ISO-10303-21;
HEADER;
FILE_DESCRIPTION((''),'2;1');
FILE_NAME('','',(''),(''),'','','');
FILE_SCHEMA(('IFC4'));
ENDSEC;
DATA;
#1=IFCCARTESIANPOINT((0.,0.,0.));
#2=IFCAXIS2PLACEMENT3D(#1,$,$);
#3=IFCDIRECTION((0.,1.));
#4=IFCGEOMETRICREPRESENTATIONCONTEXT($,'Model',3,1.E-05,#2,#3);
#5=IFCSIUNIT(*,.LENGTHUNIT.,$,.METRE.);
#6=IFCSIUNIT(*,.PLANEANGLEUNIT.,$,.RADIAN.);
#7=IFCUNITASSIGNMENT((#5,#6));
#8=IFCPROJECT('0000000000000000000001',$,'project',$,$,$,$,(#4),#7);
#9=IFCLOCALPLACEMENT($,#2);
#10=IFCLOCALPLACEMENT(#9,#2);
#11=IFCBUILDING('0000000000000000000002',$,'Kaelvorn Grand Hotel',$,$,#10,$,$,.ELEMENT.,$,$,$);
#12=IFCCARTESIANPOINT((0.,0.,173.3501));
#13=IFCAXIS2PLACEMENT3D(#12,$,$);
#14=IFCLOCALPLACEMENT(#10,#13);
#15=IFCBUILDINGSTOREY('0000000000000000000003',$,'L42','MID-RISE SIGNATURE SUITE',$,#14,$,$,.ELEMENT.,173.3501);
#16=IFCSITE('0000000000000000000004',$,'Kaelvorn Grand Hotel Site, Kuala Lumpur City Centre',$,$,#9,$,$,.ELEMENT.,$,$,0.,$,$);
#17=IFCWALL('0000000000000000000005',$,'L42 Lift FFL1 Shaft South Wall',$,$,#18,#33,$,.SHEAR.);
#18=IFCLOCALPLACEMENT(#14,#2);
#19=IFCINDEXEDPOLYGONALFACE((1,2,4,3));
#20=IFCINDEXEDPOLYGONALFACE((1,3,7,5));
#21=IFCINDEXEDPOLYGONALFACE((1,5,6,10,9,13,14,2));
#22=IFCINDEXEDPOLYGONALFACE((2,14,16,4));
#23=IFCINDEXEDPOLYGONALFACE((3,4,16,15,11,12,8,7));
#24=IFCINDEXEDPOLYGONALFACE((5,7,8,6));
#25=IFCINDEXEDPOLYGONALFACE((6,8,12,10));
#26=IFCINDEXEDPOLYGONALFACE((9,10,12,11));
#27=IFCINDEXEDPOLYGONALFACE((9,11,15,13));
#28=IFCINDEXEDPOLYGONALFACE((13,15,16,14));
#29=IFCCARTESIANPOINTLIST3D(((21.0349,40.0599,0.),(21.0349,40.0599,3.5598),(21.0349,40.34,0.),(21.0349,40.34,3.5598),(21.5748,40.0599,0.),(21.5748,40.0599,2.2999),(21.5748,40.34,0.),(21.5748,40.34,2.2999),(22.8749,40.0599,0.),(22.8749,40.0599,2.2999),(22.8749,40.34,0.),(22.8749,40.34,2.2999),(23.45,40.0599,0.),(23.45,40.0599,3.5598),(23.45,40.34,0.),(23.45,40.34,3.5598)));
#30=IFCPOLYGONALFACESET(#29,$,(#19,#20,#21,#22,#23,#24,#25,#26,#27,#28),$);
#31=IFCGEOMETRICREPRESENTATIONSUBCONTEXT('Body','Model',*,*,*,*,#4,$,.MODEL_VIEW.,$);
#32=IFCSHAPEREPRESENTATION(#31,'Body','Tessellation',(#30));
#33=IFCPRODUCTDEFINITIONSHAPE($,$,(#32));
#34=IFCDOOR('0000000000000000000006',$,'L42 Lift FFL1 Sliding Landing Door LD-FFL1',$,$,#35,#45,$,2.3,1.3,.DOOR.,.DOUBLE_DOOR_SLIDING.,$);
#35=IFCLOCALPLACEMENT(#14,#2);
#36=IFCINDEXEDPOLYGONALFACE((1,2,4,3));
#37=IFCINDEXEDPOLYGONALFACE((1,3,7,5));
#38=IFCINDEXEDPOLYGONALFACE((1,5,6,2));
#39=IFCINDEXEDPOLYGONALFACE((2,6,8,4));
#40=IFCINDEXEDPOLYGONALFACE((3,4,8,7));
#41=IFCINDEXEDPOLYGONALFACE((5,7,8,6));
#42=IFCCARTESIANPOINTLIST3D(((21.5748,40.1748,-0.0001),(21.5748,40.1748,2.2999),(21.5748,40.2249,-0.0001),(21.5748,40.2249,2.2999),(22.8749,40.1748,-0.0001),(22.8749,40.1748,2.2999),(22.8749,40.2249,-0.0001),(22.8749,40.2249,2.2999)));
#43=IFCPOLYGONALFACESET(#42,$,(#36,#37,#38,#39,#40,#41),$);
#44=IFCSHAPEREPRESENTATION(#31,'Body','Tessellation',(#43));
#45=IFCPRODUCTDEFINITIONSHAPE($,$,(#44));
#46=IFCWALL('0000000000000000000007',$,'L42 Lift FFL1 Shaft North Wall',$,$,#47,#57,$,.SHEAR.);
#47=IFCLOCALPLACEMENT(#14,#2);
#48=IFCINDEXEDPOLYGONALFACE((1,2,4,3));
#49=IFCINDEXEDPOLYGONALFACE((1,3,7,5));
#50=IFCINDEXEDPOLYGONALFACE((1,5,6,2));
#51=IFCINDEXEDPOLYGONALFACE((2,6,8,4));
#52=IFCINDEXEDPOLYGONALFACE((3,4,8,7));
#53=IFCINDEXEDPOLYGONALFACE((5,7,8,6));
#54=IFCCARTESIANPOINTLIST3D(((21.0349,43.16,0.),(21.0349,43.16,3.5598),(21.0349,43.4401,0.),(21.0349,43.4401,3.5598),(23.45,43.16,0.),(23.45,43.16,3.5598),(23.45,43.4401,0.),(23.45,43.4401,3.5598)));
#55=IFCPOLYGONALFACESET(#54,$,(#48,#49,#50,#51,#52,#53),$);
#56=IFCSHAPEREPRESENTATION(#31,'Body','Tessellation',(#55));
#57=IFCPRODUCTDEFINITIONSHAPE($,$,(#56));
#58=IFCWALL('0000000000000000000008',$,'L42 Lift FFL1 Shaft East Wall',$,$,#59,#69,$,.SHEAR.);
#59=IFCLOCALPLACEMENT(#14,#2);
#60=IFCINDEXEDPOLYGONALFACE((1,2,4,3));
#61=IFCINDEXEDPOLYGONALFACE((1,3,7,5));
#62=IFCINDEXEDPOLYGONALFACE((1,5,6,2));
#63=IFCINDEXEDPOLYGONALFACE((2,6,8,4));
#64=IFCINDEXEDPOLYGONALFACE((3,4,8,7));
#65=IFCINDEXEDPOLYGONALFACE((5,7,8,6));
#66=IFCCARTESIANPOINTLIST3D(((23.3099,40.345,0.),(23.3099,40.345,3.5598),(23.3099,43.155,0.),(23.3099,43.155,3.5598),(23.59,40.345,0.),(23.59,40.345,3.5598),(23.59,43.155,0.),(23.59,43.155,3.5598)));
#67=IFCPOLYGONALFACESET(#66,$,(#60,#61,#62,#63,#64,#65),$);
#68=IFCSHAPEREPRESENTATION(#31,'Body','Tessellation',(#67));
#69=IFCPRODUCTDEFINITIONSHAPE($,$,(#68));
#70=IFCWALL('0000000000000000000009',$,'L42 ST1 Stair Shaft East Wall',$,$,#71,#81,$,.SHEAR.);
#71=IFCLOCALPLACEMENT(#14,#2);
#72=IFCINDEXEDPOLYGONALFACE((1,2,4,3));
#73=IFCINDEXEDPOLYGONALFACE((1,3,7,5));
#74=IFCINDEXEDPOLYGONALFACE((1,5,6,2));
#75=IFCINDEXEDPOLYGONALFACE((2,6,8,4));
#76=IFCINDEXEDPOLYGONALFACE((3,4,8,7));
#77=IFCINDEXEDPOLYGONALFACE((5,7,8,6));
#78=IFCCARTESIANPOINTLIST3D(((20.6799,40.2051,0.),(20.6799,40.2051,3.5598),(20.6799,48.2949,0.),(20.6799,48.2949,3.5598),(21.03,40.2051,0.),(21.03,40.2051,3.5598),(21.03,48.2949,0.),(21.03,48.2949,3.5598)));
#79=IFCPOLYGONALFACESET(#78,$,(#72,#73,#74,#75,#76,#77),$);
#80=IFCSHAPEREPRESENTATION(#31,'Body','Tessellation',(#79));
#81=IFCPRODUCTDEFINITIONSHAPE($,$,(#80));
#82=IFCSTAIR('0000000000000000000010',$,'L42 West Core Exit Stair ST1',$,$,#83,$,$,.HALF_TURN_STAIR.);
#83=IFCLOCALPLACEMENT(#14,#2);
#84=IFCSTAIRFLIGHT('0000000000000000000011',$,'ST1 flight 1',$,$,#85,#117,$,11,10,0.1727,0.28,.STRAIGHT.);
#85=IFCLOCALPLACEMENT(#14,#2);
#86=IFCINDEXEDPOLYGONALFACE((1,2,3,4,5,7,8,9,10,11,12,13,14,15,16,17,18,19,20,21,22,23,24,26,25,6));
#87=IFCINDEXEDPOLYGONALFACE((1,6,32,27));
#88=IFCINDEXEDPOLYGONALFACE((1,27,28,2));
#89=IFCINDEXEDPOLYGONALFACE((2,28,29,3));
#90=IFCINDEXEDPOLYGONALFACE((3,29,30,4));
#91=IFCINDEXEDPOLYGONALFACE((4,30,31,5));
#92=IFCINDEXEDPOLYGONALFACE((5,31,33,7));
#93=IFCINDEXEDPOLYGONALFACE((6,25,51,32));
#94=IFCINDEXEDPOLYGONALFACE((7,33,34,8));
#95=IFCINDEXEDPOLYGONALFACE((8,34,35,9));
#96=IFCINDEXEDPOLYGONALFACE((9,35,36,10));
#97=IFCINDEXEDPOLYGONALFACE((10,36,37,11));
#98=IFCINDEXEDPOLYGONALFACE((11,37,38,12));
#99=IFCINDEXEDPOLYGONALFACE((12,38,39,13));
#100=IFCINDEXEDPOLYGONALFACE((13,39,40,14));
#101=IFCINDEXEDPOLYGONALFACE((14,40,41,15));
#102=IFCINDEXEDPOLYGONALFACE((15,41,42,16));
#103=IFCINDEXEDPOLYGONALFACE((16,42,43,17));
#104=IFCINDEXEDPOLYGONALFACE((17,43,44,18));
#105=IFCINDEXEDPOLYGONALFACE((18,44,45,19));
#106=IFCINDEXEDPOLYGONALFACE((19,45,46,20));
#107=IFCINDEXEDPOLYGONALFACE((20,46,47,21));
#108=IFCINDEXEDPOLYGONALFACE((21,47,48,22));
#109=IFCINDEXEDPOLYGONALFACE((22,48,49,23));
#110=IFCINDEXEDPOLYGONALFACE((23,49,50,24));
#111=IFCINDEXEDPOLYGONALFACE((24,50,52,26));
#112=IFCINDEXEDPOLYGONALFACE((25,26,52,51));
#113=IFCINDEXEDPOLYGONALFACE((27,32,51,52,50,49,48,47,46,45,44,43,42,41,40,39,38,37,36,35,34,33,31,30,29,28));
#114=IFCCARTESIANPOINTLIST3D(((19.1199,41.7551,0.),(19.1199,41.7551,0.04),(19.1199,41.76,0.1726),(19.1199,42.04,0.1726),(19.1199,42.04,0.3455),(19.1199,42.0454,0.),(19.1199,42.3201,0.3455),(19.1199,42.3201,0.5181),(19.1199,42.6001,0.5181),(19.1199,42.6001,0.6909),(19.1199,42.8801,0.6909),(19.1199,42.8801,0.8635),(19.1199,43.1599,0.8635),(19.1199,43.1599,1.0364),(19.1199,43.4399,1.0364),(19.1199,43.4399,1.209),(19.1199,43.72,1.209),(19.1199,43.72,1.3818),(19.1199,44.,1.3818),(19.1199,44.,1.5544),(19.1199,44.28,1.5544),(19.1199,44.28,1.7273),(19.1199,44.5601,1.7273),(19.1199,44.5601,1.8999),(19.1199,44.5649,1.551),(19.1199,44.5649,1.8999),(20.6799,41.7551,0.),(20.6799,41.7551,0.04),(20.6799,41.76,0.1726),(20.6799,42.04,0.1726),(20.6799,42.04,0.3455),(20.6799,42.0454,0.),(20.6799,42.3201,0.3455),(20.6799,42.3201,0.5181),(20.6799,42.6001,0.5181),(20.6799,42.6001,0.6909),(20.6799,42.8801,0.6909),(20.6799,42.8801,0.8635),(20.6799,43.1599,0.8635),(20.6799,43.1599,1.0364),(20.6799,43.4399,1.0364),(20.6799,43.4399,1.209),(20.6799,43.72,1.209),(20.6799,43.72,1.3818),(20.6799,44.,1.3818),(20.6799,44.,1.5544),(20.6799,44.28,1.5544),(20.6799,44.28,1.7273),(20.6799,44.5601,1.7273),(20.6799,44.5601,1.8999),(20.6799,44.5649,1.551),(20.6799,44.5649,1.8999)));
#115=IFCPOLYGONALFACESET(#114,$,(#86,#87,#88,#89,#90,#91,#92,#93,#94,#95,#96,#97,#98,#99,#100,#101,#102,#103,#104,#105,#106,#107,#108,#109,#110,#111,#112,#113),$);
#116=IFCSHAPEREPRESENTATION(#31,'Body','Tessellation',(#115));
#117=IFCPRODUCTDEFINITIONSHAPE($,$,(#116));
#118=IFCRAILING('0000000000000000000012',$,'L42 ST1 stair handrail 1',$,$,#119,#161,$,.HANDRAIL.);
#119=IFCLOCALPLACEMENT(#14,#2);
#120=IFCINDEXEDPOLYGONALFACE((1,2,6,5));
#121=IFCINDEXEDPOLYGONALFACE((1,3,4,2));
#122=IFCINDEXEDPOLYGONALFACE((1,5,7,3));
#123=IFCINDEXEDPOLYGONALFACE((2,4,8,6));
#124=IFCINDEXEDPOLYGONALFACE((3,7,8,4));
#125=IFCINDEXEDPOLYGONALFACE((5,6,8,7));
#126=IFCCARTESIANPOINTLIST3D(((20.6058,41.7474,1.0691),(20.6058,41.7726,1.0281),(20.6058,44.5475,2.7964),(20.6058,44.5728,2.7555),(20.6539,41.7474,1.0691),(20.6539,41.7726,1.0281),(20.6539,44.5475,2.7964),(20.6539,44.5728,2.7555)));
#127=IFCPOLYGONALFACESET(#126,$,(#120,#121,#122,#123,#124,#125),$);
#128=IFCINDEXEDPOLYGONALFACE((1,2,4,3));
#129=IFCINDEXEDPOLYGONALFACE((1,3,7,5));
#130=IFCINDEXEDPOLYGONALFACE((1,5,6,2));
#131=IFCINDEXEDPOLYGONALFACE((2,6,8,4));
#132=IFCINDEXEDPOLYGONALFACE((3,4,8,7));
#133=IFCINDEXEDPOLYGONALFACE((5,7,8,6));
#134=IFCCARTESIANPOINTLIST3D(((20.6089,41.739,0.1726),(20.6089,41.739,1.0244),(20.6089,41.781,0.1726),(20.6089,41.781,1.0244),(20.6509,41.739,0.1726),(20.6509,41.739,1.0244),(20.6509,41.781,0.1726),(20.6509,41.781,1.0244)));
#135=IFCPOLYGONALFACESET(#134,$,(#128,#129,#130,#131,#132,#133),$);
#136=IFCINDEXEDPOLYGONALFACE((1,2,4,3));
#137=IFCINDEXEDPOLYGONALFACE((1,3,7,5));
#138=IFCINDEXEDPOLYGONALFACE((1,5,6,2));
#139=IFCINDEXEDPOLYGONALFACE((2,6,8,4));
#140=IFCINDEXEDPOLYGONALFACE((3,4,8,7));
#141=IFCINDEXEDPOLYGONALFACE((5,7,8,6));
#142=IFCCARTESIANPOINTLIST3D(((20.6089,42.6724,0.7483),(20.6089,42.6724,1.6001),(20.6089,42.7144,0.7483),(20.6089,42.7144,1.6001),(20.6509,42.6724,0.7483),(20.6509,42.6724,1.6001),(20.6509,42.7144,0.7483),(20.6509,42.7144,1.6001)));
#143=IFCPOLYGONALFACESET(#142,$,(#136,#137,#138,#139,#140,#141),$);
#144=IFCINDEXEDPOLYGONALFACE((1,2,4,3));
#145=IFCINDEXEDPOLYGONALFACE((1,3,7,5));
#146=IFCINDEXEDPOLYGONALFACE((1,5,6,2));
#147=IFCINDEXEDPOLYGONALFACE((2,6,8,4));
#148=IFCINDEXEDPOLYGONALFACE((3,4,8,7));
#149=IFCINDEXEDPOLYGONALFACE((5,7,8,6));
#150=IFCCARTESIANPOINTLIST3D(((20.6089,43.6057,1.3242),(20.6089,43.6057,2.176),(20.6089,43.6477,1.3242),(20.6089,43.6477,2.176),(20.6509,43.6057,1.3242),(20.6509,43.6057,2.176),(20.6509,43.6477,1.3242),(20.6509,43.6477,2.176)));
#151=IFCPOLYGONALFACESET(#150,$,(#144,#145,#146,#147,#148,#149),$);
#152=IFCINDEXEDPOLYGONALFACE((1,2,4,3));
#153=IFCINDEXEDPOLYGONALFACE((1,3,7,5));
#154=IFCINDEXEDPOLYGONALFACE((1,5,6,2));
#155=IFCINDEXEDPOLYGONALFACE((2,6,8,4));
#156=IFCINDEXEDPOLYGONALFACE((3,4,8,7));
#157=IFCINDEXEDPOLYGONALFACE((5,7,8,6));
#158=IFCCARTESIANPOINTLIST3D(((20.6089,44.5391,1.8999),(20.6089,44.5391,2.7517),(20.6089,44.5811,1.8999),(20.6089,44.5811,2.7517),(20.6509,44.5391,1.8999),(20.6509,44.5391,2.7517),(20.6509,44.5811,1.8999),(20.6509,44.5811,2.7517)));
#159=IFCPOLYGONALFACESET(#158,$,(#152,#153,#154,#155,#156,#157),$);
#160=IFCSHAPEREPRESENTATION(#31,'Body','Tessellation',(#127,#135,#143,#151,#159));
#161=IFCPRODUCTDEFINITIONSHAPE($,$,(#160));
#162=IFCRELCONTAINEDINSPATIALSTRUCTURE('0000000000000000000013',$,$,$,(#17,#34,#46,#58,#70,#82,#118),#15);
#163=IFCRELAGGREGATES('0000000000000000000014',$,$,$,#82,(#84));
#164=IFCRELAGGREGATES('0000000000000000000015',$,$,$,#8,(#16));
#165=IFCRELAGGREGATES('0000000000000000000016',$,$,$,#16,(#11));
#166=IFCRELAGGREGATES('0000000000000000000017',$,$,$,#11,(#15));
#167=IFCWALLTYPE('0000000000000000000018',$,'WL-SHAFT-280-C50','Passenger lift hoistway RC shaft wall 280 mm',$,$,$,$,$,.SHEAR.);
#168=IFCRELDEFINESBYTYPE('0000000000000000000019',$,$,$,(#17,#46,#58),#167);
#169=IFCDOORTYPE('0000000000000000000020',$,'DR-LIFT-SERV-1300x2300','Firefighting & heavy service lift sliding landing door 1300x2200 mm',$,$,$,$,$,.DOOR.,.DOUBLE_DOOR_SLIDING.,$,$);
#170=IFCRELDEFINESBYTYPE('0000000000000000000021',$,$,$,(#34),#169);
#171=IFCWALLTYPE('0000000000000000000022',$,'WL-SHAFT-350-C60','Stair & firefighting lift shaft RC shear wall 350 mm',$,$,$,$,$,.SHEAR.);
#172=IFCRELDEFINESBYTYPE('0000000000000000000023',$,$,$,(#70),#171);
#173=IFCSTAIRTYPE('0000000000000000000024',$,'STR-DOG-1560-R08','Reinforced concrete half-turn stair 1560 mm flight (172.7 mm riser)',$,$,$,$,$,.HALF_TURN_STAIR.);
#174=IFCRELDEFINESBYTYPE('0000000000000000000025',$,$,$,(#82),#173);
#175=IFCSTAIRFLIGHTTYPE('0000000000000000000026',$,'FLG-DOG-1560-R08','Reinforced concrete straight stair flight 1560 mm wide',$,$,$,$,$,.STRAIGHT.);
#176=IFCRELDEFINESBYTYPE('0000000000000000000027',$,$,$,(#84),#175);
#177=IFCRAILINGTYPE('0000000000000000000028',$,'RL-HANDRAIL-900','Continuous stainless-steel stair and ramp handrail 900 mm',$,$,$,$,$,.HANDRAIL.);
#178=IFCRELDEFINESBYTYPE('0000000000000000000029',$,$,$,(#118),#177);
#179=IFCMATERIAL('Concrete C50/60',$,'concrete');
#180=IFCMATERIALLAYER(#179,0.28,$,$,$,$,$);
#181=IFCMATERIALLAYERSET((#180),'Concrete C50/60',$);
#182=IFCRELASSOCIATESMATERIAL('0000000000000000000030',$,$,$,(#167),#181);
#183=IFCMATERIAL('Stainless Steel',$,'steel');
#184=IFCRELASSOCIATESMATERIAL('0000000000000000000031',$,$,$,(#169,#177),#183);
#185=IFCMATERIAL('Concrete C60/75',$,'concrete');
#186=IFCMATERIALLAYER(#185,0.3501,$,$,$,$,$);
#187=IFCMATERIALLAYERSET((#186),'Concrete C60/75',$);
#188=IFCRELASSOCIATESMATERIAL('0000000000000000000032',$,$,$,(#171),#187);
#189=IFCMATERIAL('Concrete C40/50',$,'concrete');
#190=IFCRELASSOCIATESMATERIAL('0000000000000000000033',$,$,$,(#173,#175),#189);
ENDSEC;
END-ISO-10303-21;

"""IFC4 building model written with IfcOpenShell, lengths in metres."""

from ifc_helpers import new_model, si_unit, direction, frame, frame_2d, origin, origin_2d, place, context, subcontext, project, spatial, polyline, rectangle, outline, extrude, material, layer, layer_set, type_object, element, fill, aggregate, save


model = new_model("IFC4")

# Units and contexts
model_context = context("Model", 3, precision=1e-05, world=origin(), true_north=direction((0.0, 1.0)))
body_context = subcontext(model_context, "Body", "Model", "MODEL_VIEW")
ifc_project = project(units=[si_unit("LENGTHUNIT", "METRE"), si_unit("PLANEANGLEUNIT", "RADIAN")], contexts=[model_context])

# Site, building, storey
site_placement = place(None, origin())
site = spatial("IfcSite", under=ifc_project, at=site_placement, Name="Kaelvorn Grand Hotel Site, Kuala Lumpur City Centre", CompositionType="ELEMENT", RefElevation=0.0)
building_placement = place(site_placement, origin())
building = spatial("IfcBuilding", under=site, at=building_placement, Name="Kaelvorn Grand Hotel", CompositionType="ELEMENT")
storey_placement = place(building_placement, frame((0.0, 0.0, 173.3501)))
storey = spatial("IfcBuildingStorey", under=building, at=storey_placement, Name="L42", Description="MID-RISE SIGNATURE SUITE", CompositionType="ELEMENT", Elevation=173.3501)

# Shared definitions
ifc_material_1 = material(Name="Concrete C60/75", Category="concrete")

# Shared definitions
ifc_material_2 = material(Name="Concrete C50/60", Category="concrete")

# Shared definitions
ifc_material_3 = material(Name="Concrete C40/50", Category="concrete")

# Wall, opening, door
ifc_layer_1 = layer(ifc_material_2, 0.28)
ifc_layer_set_1 = layer_set([ifc_layer_1], Name="Concrete C50/60")
wall_type_1 = type_object("IfcWallType", Name="WL-SHAFT-280-C50", Description="Passenger lift hoistway RC shaft wall 280 mm", PredefinedType="SHEAR", material=ifc_layer_set_1)
wall_1_placement = place(storey_placement, frame((21.0349, 40.2, 0.0), z_axis=(0.0, 0.0, 1.0), x_axis=(1.0, 0.0, 0.0)))
wall_1 = element("IfcWall", 1, at=wall_1_placement, inside=storey, type_object=wall_type_1, Name="L42 Lift FFL1 Shaft South Wall", PredefinedType="SHEAR", context=body_context, shape_type="SweptSolid", body=[
    extrude(rectangle(XDim=2.415, YDim=0.28, at=frame_2d((1.2075, 0.0))), origin(), (0.0, 0.0, 1.0), 3.5598),
])
opening_1_placement = place(wall_1_placement, frame((0.54, 0.0, 0.0)))
opening_1 = element("IfcOpeningElement", 2, at=opening_1_placement, cuts=wall_1, PredefinedType="OPENING", context=body_context, shape_type="SweptSolid", body=[
    extrude(rectangle(XDim=1.3, YDim=2.3, at=frame_2d((0.6499, 1.1499))), frame((0.0, 0.1499, 0.0), z_axis=(0.0, -1.0, 0.0), x_axis=(1.0, 0.0, 0.0)), (0.0, 0.0, 1.0), 0.3),
])
ifc_material_4 = material(Name="Stainless Steel", Category="steel")
door_type_1 = type_object("IfcDoorType", Name="DR-LIFT-SERV-1300x2300", Description="Firefighting & heavy service lift sliding landing door 1300x2200 mm", OperationType="DOUBLE_DOOR_SLIDING", PredefinedType="DOOR", material=ifc_material_4)
door_1_placement = place(opening_1_placement, origin())
door_1 = element("IfcDoor", 3, at=door_1_placement, inside=storey, type_object=door_type_1, Name="L42 Lift FFL1 Sliding Landing Door LD-FFL1", OperationType="DOUBLE_DOOR_SLIDING", OverallHeight=2.3, OverallWidth=1.3, PredefinedType="DOOR", context=body_context, shape_type="SweptSolid", body=[
    extrude(rectangle(XDim=1.3, YDim=2.3, at=frame_2d((0.6499, 1.1499))), frame((0.0, 0.0249, 0.0), z_axis=(0.0, -1.0, 0.0), x_axis=(1.0, 0.0, 0.0)), (0.0, 0.0, 1.0), 0.05),
])
fill(opening_1, door_1)

# Walls
wall_2_placement = place(storey_placement, frame((21.0349, 43.3, 0.0), z_axis=(0.0, 0.0, 1.0), x_axis=(1.0, 0.0, 0.0)))
element("IfcWall", 4, at=wall_2_placement, inside=storey, type_object=wall_type_1, Name="L42 Lift FFL1 Shaft North Wall", PredefinedType="SHEAR", context=body_context, shape_type="SweptSolid", body=[
    extrude(rectangle(XDim=2.415, YDim=0.28, at=frame_2d((1.2075, 0.0))), origin(), (0.0, 0.0, 1.0), 3.5598),
])
wall_3_placement = place(storey_placement, frame((23.45, 40.345, 0.0), z_axis=(0.0, 0.0, 1.0), x_axis=(0.0, 1.0, 0.0)))
element("IfcWall", 5, at=wall_3_placement, inside=storey, type_object=wall_type_1, Name="L42 Lift FFL1 Shaft East Wall", PredefinedType="SHEAR", context=body_context, shape_type="SweptSolid", body=[
    extrude(rectangle(XDim=2.8101, YDim=0.28, at=frame_2d((1.405, 0.0))), origin(), (0.0, 0.0, 1.0), 3.5598),
])
ifc_layer_2 = layer(ifc_material_1, 0.3501)
ifc_layer_set_2 = layer_set([ifc_layer_2], Name="Concrete C60/75")
wall_type_2 = type_object("IfcWallType", Name="WL-SHAFT-350-C60", Description="Stair & firefighting lift shaft RC shear wall 350 mm", PredefinedType="SHEAR", material=ifc_layer_set_2)
wall_4_placement = place(storey_placement, frame((20.855, 40.2051, 0.0), z_axis=(0.0, 0.0, 1.0), x_axis=(0.0, 1.0, 0.0)))
element("IfcWall", 6, at=wall_4_placement, inside=storey, type_object=wall_type_2, Name="L42 ST1 Stair Shaft East Wall", PredefinedType="SHEAR", context=body_context, shape_type="SweptSolid", body=[
    extrude(rectangle(XDim=8.0898, YDim=0.3501, at=frame_2d((4.0449, 0.0))), origin(), (0.0, 0.0, 1.0), 3.5598),
])

# Stair, stair flight
stair_type = type_object("IfcStairType", Name="STR-DOG-1560-R08", Description="Reinforced concrete half-turn stair 1560 mm flight (172.7 mm riser)", PredefinedType="HALF_TURN_STAIR", material=ifc_material_3)
stair_placement = place(storey_placement, origin())
stair = element("IfcStair", 7, at=stair_placement, inside=storey, type_object=stair_type, Name="L42 West Core Exit Stair ST1", PredefinedType="HALF_TURN_STAIR")
stair_flight_type = type_object("IfcStairFlightType", Name="FLG-DOG-1560-R08", Description="Reinforced concrete straight stair flight 1560 mm wide", PredefinedType="STRAIGHT", material=ifc_material_3)
stair_flight_placement = place(storey_placement, frame((19.8999, 41.76, 0.0), z_axis=(0.0, 0.0, 1.0), x_axis=(0.0, 1.0, 0.0)))
stair_flight = element("IfcStairFlight", 8, at=stair_flight_placement, type_object=stair_flight_type, Name="ST1 flight 1", NumberOfRisers=11, NumberOfTreads=10, PredefinedType="STRAIGHT", RiserHeight=0.1727, TreadLength=0.28, context=body_context, shape_type="SweptSolid", body=[
    extrude(outline(polyline([(-0.0049, 0.0), (-0.0049, 0.04), (0.0, 0.1726), (0.28, 0.1726), (0.28, 0.3455), (0.5601, 0.3455), (0.5601, 0.5181), (0.8401, 0.5181), (0.8401, 0.6909), (1.1201, 0.6909), (1.1201, 0.8635), (1.3999, 0.8635), (1.3999, 1.0364), (1.6799, 1.0364), (1.6799, 1.209), (1.96, 1.209), (1.96, 1.3818), (2.24, 1.3818), (2.24, 1.5544), (2.52, 1.5544), (2.52, 1.7273), (2.8, 1.7273), (2.8, 1.8999), (2.8049, 1.8999), (2.8049, 1.551), (0.2854, 0.0), (-0.0049, 0.0)])), frame((0.0, 0.78, 0.0), z_axis=(0.0, -1.0, 0.0), x_axis=(1.0, 0.0, 0.0)), (0.0, 0.0, 1.0), 1.5601),
])
aggregate(stair, [stair_flight])

# Railing
railing_type = type_object("IfcRailingType", Name="RL-HANDRAIL-900", Description="Continuous stainless-steel stair and ramp handrail 900 mm", PredefinedType="HANDRAIL", material=ifc_material_4)
railing_placement = place(storey_placement, frame((20.6299, 41.76, 0.1726)))
element("IfcRailing", 9, at=railing_placement, inside=storey, type_object=railing_type, Name="L42 ST1 stair handrail 1", PredefinedType="HANDRAIL", context=body_context, shape_type="SweptSolid", body=[
    extrude(rectangle(XDim=0.0481, YDim=0.0481, at=origin_2d()), frame((0.0, 0.0, 0.876), z_axis=(0.0, 0.85109, 0.52502), x_axis=(-1.0, 0.0, 0.0)), (0.0, 0.0, 1.0), 3.29),
    extrude(rectangle(XDim=0.042, YDim=0.042, at=origin_2d()), origin(), (0.0, 0.0, 1.0), 0.8518),
    extrude(rectangle(XDim=0.042, YDim=0.042, at=origin_2d()), frame((0.0, 0.9333, 0.5757)), (0.0, 0.0, 1.0), 0.8518),
    extrude(rectangle(XDim=0.042, YDim=0.042, at=origin_2d()), frame((0.0, 1.8667, 1.1516)), (0.0, 0.0, 1.0), 0.8518),
    extrude(rectangle(XDim=0.042, YDim=0.042, at=origin_2d()), frame((0.0, 2.8, 1.7273)), (0.0, 0.0, 1.0), 0.8518),
])

save(model, "model.ifc")
